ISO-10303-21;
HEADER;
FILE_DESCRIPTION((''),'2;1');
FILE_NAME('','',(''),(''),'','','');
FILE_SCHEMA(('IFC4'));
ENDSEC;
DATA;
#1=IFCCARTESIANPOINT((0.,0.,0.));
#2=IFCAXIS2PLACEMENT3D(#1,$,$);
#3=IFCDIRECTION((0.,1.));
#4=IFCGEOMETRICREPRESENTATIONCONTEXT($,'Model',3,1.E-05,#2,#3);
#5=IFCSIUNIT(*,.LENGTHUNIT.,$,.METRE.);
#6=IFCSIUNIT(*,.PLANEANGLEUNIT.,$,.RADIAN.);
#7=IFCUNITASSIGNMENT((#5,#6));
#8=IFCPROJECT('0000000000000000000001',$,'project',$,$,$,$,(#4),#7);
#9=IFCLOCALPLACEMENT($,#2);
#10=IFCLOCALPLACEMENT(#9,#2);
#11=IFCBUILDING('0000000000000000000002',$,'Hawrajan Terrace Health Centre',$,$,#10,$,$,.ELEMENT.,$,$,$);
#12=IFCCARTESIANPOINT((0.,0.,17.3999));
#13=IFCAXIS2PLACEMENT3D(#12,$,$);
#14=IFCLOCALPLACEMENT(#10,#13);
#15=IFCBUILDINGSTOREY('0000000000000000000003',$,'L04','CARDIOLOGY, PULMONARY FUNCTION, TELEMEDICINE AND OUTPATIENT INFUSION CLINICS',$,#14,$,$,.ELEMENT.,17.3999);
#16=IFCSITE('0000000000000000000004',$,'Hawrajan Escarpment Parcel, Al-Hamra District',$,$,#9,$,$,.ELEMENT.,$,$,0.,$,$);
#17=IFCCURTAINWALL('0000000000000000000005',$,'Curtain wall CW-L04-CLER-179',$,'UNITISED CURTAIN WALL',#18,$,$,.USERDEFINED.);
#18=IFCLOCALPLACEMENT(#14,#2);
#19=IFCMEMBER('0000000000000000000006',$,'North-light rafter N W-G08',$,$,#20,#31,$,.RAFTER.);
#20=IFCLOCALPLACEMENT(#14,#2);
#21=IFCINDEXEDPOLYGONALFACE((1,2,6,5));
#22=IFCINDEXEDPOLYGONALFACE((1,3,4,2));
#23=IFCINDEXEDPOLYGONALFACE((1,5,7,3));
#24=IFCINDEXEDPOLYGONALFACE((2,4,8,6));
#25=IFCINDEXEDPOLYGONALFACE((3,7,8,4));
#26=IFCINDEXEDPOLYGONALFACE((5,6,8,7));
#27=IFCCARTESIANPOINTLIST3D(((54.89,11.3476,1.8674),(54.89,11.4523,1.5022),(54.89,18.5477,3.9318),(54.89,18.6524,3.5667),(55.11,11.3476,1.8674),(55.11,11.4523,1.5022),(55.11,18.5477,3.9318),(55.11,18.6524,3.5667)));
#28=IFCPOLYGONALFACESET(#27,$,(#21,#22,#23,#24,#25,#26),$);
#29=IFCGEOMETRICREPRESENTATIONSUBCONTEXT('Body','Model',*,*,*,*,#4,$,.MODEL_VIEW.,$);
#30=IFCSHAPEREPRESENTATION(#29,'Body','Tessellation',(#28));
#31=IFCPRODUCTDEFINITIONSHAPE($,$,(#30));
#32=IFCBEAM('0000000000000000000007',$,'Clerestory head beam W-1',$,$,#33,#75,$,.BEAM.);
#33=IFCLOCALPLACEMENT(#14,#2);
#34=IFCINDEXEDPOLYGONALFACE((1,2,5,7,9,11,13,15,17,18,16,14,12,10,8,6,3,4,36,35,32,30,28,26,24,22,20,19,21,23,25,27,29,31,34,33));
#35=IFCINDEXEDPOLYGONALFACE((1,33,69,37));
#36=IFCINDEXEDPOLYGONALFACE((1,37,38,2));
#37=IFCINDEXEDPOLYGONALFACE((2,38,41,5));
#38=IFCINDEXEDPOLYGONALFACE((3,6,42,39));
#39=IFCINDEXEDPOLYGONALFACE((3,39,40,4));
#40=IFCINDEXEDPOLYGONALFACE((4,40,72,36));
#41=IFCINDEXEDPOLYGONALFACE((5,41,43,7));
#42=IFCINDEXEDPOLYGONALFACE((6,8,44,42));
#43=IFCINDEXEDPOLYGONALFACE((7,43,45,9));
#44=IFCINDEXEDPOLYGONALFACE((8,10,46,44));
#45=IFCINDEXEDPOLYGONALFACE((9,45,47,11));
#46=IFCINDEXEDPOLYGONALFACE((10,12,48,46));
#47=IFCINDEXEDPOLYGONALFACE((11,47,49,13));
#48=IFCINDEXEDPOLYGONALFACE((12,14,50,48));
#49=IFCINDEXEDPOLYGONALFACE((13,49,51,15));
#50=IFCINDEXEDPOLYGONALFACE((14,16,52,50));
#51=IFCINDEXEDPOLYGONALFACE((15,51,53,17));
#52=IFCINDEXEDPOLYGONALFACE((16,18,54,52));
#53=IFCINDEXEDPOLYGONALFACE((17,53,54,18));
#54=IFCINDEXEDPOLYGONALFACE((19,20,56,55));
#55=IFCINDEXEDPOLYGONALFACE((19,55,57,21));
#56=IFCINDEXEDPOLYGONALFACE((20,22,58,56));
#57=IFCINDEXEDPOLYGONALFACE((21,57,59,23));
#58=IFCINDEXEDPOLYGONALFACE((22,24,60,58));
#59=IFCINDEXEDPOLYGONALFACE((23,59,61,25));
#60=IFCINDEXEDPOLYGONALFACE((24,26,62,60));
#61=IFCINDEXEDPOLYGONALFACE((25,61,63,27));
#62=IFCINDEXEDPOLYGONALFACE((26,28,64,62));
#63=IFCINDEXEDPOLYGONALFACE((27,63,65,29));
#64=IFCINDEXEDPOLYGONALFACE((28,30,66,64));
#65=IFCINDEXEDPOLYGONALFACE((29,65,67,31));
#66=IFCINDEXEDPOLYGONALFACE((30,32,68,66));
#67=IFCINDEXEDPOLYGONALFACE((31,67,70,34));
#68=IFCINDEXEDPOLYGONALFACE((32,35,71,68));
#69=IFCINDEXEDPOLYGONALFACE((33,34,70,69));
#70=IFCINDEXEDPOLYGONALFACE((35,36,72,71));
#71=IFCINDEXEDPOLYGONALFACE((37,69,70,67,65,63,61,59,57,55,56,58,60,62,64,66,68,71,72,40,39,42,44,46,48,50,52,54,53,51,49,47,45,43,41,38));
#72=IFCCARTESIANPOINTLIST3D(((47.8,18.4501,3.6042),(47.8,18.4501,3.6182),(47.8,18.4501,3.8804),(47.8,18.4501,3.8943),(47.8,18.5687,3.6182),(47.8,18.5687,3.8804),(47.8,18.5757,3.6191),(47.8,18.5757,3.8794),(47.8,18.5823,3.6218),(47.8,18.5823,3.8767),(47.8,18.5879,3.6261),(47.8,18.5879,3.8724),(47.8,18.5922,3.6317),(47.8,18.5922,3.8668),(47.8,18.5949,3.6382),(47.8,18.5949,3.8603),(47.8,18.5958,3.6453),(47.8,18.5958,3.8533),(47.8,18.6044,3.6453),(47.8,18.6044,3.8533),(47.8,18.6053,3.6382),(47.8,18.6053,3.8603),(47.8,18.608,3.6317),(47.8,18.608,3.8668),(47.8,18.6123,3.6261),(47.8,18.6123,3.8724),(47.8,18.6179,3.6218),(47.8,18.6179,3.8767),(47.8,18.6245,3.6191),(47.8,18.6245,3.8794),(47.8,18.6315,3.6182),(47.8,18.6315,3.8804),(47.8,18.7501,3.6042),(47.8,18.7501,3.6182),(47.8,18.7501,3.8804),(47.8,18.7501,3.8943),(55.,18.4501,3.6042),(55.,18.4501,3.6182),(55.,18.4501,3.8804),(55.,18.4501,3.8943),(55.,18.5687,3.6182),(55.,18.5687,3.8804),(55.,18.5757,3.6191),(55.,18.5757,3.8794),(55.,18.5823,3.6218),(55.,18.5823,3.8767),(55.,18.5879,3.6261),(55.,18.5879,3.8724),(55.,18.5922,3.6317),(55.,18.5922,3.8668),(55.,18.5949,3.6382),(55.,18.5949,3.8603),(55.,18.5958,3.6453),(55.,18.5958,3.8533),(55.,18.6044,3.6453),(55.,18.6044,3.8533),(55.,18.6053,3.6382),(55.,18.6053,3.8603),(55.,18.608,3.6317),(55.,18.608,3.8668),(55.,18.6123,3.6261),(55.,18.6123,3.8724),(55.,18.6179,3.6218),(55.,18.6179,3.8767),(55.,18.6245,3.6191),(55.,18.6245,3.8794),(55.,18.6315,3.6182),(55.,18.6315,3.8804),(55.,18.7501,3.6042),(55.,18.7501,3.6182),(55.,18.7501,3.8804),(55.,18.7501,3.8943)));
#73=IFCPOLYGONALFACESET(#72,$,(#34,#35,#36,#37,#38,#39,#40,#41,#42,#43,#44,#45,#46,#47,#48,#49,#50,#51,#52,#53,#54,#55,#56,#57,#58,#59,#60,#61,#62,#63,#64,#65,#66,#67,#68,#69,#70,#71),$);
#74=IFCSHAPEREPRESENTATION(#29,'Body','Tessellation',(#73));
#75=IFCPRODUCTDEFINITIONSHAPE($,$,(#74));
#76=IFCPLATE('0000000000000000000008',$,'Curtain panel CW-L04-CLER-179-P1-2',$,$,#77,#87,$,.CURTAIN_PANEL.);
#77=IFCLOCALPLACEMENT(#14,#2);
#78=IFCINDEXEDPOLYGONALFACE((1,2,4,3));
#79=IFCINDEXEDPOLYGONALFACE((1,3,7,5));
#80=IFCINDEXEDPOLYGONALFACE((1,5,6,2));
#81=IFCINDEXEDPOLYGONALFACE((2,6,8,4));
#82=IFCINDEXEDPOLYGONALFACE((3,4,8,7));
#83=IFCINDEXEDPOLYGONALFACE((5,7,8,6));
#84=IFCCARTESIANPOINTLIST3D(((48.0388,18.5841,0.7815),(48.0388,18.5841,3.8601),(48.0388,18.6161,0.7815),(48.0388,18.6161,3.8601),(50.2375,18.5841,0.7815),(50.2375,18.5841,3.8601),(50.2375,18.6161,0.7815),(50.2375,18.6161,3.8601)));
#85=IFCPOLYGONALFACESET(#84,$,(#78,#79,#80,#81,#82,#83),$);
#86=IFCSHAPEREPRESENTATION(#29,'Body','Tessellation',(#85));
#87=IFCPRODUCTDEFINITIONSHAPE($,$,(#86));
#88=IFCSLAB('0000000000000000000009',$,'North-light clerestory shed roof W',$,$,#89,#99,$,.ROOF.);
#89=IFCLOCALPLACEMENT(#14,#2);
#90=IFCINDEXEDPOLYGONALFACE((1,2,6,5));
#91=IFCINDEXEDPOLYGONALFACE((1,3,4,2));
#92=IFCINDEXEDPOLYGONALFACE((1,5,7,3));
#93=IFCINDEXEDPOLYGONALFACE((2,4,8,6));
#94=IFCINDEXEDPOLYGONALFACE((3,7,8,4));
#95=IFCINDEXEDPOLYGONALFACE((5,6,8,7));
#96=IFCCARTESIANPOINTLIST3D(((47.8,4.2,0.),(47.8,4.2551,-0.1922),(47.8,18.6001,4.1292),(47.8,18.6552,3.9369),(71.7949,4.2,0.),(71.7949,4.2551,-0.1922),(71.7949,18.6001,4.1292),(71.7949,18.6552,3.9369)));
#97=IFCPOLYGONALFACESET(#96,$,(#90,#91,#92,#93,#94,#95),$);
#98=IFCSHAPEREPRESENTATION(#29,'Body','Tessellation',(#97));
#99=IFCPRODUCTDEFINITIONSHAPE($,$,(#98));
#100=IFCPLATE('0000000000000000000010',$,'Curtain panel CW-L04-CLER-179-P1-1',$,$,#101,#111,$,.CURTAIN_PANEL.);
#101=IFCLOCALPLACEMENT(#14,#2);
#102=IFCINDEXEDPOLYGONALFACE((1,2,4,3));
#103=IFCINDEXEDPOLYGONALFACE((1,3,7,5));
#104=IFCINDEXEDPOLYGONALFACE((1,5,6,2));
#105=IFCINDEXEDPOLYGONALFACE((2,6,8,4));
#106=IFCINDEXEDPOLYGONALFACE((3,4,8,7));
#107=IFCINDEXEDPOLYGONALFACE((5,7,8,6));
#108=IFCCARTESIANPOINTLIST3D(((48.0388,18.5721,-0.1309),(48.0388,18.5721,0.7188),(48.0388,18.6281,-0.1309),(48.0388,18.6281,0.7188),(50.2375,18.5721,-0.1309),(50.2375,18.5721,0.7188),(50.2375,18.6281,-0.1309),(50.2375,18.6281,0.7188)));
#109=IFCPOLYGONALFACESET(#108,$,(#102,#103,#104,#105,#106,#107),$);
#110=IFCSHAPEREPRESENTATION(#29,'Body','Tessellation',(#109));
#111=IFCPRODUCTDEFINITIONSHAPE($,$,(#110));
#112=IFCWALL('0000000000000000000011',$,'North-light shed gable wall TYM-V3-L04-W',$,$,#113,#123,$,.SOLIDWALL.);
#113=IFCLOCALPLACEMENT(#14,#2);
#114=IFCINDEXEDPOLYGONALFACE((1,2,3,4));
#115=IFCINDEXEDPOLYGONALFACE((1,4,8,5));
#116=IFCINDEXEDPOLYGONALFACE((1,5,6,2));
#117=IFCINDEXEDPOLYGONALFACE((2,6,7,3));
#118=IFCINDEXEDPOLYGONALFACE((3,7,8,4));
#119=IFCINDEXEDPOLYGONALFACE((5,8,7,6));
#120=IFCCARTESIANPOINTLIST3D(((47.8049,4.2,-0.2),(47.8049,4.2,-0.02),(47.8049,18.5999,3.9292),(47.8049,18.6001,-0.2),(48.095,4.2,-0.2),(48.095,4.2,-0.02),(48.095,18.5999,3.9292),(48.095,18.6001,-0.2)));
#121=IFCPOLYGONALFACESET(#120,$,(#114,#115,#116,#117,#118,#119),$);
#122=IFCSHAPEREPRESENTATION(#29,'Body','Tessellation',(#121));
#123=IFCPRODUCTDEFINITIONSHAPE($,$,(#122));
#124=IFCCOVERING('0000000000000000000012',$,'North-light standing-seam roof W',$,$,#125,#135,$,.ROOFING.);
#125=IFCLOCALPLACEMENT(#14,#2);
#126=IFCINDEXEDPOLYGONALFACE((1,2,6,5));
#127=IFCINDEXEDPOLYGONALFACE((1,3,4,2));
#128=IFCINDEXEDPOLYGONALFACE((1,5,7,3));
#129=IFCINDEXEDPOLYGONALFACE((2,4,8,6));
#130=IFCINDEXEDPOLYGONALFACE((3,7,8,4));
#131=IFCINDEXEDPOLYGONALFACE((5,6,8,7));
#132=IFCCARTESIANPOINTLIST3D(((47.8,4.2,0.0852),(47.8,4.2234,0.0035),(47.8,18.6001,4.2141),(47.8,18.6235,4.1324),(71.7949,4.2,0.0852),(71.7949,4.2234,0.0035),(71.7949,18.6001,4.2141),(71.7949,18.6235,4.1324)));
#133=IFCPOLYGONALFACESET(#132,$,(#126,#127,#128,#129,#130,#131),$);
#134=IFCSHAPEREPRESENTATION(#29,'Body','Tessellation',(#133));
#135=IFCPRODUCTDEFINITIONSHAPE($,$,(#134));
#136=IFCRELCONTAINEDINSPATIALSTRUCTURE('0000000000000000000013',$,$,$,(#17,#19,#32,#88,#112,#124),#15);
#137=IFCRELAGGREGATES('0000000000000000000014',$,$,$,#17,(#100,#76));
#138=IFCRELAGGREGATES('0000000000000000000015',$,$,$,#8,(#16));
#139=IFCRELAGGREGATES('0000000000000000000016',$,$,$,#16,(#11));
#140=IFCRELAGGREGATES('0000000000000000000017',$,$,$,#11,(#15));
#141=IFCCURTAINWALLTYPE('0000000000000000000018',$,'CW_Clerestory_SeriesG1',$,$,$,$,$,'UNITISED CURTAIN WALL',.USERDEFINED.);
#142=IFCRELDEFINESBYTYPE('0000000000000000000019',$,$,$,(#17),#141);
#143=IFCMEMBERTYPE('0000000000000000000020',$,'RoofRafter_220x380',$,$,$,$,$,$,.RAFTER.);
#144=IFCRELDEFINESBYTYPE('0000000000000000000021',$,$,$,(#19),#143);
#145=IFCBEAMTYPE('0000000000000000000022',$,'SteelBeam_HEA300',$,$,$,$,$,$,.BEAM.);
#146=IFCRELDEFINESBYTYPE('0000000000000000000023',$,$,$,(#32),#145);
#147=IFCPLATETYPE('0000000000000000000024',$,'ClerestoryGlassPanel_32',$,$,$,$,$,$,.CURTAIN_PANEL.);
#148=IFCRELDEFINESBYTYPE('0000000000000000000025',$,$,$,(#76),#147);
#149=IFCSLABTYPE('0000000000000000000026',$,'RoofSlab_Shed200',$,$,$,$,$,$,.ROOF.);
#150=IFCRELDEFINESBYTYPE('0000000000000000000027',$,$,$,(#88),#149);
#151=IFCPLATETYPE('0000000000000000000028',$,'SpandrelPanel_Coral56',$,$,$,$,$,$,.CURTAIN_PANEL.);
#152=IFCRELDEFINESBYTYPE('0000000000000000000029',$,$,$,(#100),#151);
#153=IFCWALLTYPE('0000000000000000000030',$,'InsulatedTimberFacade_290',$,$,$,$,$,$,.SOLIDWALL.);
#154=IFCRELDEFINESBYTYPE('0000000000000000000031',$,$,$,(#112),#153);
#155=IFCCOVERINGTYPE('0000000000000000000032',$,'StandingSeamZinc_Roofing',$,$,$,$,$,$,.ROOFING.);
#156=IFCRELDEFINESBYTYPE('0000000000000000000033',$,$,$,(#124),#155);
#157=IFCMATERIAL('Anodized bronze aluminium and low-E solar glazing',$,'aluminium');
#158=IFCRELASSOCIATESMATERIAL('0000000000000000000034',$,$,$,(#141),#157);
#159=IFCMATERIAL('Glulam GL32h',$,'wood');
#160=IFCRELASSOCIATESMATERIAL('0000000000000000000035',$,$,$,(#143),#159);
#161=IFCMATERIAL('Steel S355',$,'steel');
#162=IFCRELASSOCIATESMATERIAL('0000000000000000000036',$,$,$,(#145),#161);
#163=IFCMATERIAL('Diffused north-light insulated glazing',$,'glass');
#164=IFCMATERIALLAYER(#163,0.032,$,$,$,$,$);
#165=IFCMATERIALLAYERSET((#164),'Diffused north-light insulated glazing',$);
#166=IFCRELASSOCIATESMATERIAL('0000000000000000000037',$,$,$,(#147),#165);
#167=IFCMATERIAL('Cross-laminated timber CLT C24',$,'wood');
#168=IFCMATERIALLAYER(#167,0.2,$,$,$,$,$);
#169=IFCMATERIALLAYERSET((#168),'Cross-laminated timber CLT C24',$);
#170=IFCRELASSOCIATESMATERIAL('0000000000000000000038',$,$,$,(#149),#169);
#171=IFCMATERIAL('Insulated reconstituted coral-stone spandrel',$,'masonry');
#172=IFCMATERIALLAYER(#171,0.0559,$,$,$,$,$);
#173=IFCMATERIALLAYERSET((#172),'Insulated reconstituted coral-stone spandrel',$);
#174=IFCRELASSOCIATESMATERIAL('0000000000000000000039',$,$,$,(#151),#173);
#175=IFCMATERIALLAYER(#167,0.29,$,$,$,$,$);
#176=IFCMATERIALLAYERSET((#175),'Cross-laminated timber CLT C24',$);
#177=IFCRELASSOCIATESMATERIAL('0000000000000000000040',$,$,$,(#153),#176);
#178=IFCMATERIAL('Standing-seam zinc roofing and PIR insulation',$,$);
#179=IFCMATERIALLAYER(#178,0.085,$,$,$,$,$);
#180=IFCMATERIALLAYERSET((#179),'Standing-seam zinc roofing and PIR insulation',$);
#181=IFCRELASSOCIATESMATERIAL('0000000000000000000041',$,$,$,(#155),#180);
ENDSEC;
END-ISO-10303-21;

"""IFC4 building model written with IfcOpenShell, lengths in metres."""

from ifc_helpers import new_model, si_unit, direction, frame, origin, origin_2d, place, context, subcontext, project, spatial, polyline, rectangle, i_section, outline, extrude, material, layer, layer_set, material_profile, profile_set, type_object, element, aggregate, save


model = new_model("IFC4")

# Units and contexts
model_context = context("Model", 3, precision=1e-05, world=origin(), true_north=direction((0.0, 1.0)))
body_context = subcontext(model_context, "Body", "Model", "MODEL_VIEW")
ifc_project = project(units=[si_unit("LENGTHUNIT", "METRE"), si_unit("PLANEANGLEUNIT", "RADIAN")], contexts=[model_context])

# Site, building, storey
site_placement = place(None, origin())
site = spatial("IfcSite", under=ifc_project, at=site_placement, Name="Hawrajan Escarpment Parcel, Al-Hamra District", CompositionType="ELEMENT", RefElevation=0.0)
building_placement = place(site_placement, origin())
building = spatial("IfcBuilding", under=site, at=building_placement, Name="Hawrajan Terrace Health Centre", CompositionType="ELEMENT")
storey_placement = place(building_placement, frame((0.0, 0.0, 17.3999)))
storey = spatial("IfcBuildingStorey", under=building, at=storey_placement, Name="L04", Description="CARDIOLOGY, PULMONARY FUNCTION, TELEMEDICINE AND OUTPATIENT INFUSION CLINICS", CompositionType="ELEMENT", Elevation=17.3999)

# Curtain wall
ifc_material_1 = material(Name="Anodized bronze aluminium and low-E solar glazing", Category="aluminium")
curtain_wall_type = type_object("IfcCurtainWallType", Name="CW_Clerestory_SeriesG1", ElementType="UNITISED CURTAIN WALL", PredefinedType="USERDEFINED", material=ifc_material_1)
curtain_wall_placement = place(storey_placement, origin())
curtain_wall = element("IfcCurtainWall", 1, at=curtain_wall_placement, inside=storey, type_object=curtain_wall_type, Name="Curtain wall CW-L04-CLER-179", ObjectType="UNITISED CURTAIN WALL", PredefinedType="USERDEFINED")

# Shared definitions
ifc_material_2 = material(Name="Glulam GL32h", Category="wood")

# Member
ifc_material_profile_1 = material_profile(ifc_material_2, rectangle(XDim=0.22, YDim=0.3799, at=origin_2d()), Name="GL CHD 220x380")
ifc_profile_set_1 = profile_set([ifc_material_profile_1], Name="Glulam GL32h")
member_type_1 = type_object("IfcMemberType", Name="RoofRafter_220x380", PredefinedType="RAFTER", material=ifc_profile_set_1)
for number, where, z_axis, x_axis, name in (
    (2, (55.0, 11.3999, 1.6848), (0.0, 0.961268, 0.275616), (-1.0, 0.0, 0.0), "North-light rafter N W-G08"),
):
    element("IfcMember", number, at=place(storey_placement, frame(where, z_axis=z_axis, x_axis=x_axis)), inside=storey, type_object=member_type_1, Name=name, PredefinedType="RAFTER", context=body_context, shape_type="SweptSolid", body=[
        extrude(rectangle(XDim=0.22, YDim=0.3799, at=origin_2d()), origin(), (0.0, 0.0, 1.0), 7.4902),
    ])

# Beam
ifc_material_3 = material(Name="Steel S355", Category="steel")
ifc_material_profile_2 = material_profile(ifc_material_3, i_section(OverallWidth=0.3, OverallDepth=0.29, WebThickness=0.0085, FlangeThickness=0.0139, FilletRadius=0.0271, at=origin_2d()), Name="HEA 300")
ifc_profile_set_2 = profile_set([ifc_material_profile_2], Name="Steel S355")
beam_type_1 = type_object("IfcBeamType", Name="SteelBeam_HEA300", PredefinedType="BEAM", material=ifc_profile_set_2)
beam_1_placement = place(storey_placement, frame((47.8, 18.6001, 3.7493), z_axis=(1.0, 0.0, 0.0), x_axis=(0.0, 1.0, 0.0)))
element("IfcBeam", 3, at=beam_1_placement, inside=storey, type_object=beam_type_1, Name="Clerestory head beam W-1", PredefinedType="BEAM", context=body_context, shape_type="SweptSolid", body=[
    extrude(i_section(OverallWidth=0.3, OverallDepth=0.29, WebThickness=0.0085, FlangeThickness=0.0139, FilletRadius=0.0271, at=origin_2d()), origin(), (0.0, 0.0, 1.0), 7.2),
])

# Plate
ifc_material_4 = material(Name="Diffused north-light insulated glazing", Category="glass")
ifc_layer_1 = layer(ifc_material_4, 0.032)
ifc_layer_set_1 = layer_set([ifc_layer_1], Name="Diffused north-light insulated glazing")
plate_type_1 = type_object("IfcPlateType", Name="ClerestoryGlassPanel_32", PredefinedType="CURTAIN_PANEL", material=ifc_layer_set_1)
plate_1_placement = place(storey_placement, frame((49.1382, 18.6001, 0.7815), z_axis=(0.0, 0.0, 1.0), x_axis=(1.0, 0.0, 0.0)))
plate_1 = element("IfcPlate", 4, at=plate_1_placement, type_object=plate_type_1, Name="Curtain panel CW-L04-CLER-179-P1-2", PredefinedType="CURTAIN_PANEL", context=body_context, shape_type="SweptSolid", body=[
    extrude(rectangle(XDim=2.1987, YDim=0.032, at=origin_2d()), origin(), (0.0, 0.0, 1.0), 3.0786),
])

# Slab
ifc_material_5 = material(Name="Cross-laminated timber CLT C24", Category="wood")
ifc_layer_2 = layer(ifc_material_5, 0.2)
ifc_layer_set_2 = layer_set([ifc_layer_2], Name="Cross-laminated timber CLT C24")
slab_type = type_object("IfcSlabType", Name="RoofSlab_Shed200", PredefinedType="ROOF", material=ifc_layer_set_2)
slab_placement = place(storey_placement, frame((47.8, 4.2, 0.0), z_axis=(0.0, -0.275636, 0.961262), x_axis=(1.0, 0.0, 0.0)))
element("IfcSlab", 5, at=slab_placement, inside=storey, type_object=slab_type, Name="North-light clerestory shed roof W", PredefinedType="ROOF", context=body_context, shape_type="SweptSolid", body=[
    extrude(outline(polyline([(0.0, 0.0), (23.9949, 0.0), (23.9949, 14.9805), (0.0, 14.9805), (0.0, 0.0)])), origin(), (0.0, 0.0, -1.0), 0.2),
])

# Plate
ifc_material_6 = material(Name="Insulated reconstituted coral-stone spandrel", Category="masonry")
ifc_layer_3 = layer(ifc_material_6, 0.0559)
ifc_layer_set_3 = layer_set([ifc_layer_3], Name="Insulated reconstituted coral-stone spandrel")
plate_type_2 = type_object("IfcPlateType", Name="SpandrelPanel_Coral56", PredefinedType="CURTAIN_PANEL", material=ifc_layer_set_3)
plate_2_placement = place(storey_placement, frame((49.1382, 18.6001, -0.1309), z_axis=(0.0, 0.0, 1.0), x_axis=(1.0, 0.0, 0.0)))
plate_2 = element("IfcPlate", 6, at=plate_2_placement, type_object=plate_type_2, Name="Curtain panel CW-L04-CLER-179-P1-1", PredefinedType="CURTAIN_PANEL", context=body_context, shape_type="SweptSolid", body=[
    extrude(rectangle(XDim=2.1987, YDim=0.0559, at=origin_2d()), origin(), (0.0, 0.0, 1.0), 0.8496),
])
aggregate(curtain_wall, [plate_2, plate_1])

# Wall
ifc_layer_4 = layer(ifc_material_5, 0.29)
ifc_layer_set_4 = layer_set([ifc_layer_4], Name="Cross-laminated timber CLT C24")
wall_type = type_object("IfcWallType", Name="InsulatedTimberFacade_290", PredefinedType="SOLIDWALL", material=ifc_layer_set_4)
wall_placement = place(storey_placement, frame((47.95, 4.2, -0.2), z_axis=(0.0, 0.0, 1.0), x_axis=(0.0, 1.0, 0.0)))
element("IfcWall", 7, at=wall_placement, inside=storey, type_object=wall_type, Name="North-light shed gable wall TYM-V3-L04-W", PredefinedType="SOLIDWALL", context=body_context, shape_type="SweptSolid", body=[
    extrude(outline(polyline([(0.0, 0.0), (14.4001, 0.0), (14.3999, 4.1292), (0.0, 0.1799), (0.0, 0.0)])), frame((0.0, 0.145, 0.0), z_axis=(0.0, -1.0, 0.0), x_axis=(1.0, 0.0, 0.0)), (0.0, 0.0, 1.0), 0.29),
])

# Covering
ifc_material_7 = material(Name="Standing-seam zinc roofing and PIR insulation")
ifc_layer_5 = layer(ifc_material_7, 0.085)
ifc_layer_set_5 = layer_set([ifc_layer_5], Name="Standing-seam zinc roofing and PIR insulation")
covering_type = type_object("IfcCoveringType", Name="StandingSeamZinc_Roofing", PredefinedType="ROOFING", material=ifc_layer_set_5)
covering_placement = place(storey_placement, frame((47.8, 4.2, 0.0852), z_axis=(0.0, -0.275621, 0.961266), x_axis=(1.0, 0.0, 0.0)))
element("IfcCovering", 8, at=covering_placement, inside=storey, type_object=covering_type, Name="North-light standing-seam roof W", PredefinedType="ROOFING", context=body_context, shape_type="SweptSolid", body=[
    extrude(outline(polyline([(0.0, 0.0), (23.9949, 0.0), (23.9949, 14.9804), (0.0, 14.9804), (0.0, 0.0)])), origin(), (0.0, 0.0, -1.0), 0.085),
])

save(model, "model.ifc")
